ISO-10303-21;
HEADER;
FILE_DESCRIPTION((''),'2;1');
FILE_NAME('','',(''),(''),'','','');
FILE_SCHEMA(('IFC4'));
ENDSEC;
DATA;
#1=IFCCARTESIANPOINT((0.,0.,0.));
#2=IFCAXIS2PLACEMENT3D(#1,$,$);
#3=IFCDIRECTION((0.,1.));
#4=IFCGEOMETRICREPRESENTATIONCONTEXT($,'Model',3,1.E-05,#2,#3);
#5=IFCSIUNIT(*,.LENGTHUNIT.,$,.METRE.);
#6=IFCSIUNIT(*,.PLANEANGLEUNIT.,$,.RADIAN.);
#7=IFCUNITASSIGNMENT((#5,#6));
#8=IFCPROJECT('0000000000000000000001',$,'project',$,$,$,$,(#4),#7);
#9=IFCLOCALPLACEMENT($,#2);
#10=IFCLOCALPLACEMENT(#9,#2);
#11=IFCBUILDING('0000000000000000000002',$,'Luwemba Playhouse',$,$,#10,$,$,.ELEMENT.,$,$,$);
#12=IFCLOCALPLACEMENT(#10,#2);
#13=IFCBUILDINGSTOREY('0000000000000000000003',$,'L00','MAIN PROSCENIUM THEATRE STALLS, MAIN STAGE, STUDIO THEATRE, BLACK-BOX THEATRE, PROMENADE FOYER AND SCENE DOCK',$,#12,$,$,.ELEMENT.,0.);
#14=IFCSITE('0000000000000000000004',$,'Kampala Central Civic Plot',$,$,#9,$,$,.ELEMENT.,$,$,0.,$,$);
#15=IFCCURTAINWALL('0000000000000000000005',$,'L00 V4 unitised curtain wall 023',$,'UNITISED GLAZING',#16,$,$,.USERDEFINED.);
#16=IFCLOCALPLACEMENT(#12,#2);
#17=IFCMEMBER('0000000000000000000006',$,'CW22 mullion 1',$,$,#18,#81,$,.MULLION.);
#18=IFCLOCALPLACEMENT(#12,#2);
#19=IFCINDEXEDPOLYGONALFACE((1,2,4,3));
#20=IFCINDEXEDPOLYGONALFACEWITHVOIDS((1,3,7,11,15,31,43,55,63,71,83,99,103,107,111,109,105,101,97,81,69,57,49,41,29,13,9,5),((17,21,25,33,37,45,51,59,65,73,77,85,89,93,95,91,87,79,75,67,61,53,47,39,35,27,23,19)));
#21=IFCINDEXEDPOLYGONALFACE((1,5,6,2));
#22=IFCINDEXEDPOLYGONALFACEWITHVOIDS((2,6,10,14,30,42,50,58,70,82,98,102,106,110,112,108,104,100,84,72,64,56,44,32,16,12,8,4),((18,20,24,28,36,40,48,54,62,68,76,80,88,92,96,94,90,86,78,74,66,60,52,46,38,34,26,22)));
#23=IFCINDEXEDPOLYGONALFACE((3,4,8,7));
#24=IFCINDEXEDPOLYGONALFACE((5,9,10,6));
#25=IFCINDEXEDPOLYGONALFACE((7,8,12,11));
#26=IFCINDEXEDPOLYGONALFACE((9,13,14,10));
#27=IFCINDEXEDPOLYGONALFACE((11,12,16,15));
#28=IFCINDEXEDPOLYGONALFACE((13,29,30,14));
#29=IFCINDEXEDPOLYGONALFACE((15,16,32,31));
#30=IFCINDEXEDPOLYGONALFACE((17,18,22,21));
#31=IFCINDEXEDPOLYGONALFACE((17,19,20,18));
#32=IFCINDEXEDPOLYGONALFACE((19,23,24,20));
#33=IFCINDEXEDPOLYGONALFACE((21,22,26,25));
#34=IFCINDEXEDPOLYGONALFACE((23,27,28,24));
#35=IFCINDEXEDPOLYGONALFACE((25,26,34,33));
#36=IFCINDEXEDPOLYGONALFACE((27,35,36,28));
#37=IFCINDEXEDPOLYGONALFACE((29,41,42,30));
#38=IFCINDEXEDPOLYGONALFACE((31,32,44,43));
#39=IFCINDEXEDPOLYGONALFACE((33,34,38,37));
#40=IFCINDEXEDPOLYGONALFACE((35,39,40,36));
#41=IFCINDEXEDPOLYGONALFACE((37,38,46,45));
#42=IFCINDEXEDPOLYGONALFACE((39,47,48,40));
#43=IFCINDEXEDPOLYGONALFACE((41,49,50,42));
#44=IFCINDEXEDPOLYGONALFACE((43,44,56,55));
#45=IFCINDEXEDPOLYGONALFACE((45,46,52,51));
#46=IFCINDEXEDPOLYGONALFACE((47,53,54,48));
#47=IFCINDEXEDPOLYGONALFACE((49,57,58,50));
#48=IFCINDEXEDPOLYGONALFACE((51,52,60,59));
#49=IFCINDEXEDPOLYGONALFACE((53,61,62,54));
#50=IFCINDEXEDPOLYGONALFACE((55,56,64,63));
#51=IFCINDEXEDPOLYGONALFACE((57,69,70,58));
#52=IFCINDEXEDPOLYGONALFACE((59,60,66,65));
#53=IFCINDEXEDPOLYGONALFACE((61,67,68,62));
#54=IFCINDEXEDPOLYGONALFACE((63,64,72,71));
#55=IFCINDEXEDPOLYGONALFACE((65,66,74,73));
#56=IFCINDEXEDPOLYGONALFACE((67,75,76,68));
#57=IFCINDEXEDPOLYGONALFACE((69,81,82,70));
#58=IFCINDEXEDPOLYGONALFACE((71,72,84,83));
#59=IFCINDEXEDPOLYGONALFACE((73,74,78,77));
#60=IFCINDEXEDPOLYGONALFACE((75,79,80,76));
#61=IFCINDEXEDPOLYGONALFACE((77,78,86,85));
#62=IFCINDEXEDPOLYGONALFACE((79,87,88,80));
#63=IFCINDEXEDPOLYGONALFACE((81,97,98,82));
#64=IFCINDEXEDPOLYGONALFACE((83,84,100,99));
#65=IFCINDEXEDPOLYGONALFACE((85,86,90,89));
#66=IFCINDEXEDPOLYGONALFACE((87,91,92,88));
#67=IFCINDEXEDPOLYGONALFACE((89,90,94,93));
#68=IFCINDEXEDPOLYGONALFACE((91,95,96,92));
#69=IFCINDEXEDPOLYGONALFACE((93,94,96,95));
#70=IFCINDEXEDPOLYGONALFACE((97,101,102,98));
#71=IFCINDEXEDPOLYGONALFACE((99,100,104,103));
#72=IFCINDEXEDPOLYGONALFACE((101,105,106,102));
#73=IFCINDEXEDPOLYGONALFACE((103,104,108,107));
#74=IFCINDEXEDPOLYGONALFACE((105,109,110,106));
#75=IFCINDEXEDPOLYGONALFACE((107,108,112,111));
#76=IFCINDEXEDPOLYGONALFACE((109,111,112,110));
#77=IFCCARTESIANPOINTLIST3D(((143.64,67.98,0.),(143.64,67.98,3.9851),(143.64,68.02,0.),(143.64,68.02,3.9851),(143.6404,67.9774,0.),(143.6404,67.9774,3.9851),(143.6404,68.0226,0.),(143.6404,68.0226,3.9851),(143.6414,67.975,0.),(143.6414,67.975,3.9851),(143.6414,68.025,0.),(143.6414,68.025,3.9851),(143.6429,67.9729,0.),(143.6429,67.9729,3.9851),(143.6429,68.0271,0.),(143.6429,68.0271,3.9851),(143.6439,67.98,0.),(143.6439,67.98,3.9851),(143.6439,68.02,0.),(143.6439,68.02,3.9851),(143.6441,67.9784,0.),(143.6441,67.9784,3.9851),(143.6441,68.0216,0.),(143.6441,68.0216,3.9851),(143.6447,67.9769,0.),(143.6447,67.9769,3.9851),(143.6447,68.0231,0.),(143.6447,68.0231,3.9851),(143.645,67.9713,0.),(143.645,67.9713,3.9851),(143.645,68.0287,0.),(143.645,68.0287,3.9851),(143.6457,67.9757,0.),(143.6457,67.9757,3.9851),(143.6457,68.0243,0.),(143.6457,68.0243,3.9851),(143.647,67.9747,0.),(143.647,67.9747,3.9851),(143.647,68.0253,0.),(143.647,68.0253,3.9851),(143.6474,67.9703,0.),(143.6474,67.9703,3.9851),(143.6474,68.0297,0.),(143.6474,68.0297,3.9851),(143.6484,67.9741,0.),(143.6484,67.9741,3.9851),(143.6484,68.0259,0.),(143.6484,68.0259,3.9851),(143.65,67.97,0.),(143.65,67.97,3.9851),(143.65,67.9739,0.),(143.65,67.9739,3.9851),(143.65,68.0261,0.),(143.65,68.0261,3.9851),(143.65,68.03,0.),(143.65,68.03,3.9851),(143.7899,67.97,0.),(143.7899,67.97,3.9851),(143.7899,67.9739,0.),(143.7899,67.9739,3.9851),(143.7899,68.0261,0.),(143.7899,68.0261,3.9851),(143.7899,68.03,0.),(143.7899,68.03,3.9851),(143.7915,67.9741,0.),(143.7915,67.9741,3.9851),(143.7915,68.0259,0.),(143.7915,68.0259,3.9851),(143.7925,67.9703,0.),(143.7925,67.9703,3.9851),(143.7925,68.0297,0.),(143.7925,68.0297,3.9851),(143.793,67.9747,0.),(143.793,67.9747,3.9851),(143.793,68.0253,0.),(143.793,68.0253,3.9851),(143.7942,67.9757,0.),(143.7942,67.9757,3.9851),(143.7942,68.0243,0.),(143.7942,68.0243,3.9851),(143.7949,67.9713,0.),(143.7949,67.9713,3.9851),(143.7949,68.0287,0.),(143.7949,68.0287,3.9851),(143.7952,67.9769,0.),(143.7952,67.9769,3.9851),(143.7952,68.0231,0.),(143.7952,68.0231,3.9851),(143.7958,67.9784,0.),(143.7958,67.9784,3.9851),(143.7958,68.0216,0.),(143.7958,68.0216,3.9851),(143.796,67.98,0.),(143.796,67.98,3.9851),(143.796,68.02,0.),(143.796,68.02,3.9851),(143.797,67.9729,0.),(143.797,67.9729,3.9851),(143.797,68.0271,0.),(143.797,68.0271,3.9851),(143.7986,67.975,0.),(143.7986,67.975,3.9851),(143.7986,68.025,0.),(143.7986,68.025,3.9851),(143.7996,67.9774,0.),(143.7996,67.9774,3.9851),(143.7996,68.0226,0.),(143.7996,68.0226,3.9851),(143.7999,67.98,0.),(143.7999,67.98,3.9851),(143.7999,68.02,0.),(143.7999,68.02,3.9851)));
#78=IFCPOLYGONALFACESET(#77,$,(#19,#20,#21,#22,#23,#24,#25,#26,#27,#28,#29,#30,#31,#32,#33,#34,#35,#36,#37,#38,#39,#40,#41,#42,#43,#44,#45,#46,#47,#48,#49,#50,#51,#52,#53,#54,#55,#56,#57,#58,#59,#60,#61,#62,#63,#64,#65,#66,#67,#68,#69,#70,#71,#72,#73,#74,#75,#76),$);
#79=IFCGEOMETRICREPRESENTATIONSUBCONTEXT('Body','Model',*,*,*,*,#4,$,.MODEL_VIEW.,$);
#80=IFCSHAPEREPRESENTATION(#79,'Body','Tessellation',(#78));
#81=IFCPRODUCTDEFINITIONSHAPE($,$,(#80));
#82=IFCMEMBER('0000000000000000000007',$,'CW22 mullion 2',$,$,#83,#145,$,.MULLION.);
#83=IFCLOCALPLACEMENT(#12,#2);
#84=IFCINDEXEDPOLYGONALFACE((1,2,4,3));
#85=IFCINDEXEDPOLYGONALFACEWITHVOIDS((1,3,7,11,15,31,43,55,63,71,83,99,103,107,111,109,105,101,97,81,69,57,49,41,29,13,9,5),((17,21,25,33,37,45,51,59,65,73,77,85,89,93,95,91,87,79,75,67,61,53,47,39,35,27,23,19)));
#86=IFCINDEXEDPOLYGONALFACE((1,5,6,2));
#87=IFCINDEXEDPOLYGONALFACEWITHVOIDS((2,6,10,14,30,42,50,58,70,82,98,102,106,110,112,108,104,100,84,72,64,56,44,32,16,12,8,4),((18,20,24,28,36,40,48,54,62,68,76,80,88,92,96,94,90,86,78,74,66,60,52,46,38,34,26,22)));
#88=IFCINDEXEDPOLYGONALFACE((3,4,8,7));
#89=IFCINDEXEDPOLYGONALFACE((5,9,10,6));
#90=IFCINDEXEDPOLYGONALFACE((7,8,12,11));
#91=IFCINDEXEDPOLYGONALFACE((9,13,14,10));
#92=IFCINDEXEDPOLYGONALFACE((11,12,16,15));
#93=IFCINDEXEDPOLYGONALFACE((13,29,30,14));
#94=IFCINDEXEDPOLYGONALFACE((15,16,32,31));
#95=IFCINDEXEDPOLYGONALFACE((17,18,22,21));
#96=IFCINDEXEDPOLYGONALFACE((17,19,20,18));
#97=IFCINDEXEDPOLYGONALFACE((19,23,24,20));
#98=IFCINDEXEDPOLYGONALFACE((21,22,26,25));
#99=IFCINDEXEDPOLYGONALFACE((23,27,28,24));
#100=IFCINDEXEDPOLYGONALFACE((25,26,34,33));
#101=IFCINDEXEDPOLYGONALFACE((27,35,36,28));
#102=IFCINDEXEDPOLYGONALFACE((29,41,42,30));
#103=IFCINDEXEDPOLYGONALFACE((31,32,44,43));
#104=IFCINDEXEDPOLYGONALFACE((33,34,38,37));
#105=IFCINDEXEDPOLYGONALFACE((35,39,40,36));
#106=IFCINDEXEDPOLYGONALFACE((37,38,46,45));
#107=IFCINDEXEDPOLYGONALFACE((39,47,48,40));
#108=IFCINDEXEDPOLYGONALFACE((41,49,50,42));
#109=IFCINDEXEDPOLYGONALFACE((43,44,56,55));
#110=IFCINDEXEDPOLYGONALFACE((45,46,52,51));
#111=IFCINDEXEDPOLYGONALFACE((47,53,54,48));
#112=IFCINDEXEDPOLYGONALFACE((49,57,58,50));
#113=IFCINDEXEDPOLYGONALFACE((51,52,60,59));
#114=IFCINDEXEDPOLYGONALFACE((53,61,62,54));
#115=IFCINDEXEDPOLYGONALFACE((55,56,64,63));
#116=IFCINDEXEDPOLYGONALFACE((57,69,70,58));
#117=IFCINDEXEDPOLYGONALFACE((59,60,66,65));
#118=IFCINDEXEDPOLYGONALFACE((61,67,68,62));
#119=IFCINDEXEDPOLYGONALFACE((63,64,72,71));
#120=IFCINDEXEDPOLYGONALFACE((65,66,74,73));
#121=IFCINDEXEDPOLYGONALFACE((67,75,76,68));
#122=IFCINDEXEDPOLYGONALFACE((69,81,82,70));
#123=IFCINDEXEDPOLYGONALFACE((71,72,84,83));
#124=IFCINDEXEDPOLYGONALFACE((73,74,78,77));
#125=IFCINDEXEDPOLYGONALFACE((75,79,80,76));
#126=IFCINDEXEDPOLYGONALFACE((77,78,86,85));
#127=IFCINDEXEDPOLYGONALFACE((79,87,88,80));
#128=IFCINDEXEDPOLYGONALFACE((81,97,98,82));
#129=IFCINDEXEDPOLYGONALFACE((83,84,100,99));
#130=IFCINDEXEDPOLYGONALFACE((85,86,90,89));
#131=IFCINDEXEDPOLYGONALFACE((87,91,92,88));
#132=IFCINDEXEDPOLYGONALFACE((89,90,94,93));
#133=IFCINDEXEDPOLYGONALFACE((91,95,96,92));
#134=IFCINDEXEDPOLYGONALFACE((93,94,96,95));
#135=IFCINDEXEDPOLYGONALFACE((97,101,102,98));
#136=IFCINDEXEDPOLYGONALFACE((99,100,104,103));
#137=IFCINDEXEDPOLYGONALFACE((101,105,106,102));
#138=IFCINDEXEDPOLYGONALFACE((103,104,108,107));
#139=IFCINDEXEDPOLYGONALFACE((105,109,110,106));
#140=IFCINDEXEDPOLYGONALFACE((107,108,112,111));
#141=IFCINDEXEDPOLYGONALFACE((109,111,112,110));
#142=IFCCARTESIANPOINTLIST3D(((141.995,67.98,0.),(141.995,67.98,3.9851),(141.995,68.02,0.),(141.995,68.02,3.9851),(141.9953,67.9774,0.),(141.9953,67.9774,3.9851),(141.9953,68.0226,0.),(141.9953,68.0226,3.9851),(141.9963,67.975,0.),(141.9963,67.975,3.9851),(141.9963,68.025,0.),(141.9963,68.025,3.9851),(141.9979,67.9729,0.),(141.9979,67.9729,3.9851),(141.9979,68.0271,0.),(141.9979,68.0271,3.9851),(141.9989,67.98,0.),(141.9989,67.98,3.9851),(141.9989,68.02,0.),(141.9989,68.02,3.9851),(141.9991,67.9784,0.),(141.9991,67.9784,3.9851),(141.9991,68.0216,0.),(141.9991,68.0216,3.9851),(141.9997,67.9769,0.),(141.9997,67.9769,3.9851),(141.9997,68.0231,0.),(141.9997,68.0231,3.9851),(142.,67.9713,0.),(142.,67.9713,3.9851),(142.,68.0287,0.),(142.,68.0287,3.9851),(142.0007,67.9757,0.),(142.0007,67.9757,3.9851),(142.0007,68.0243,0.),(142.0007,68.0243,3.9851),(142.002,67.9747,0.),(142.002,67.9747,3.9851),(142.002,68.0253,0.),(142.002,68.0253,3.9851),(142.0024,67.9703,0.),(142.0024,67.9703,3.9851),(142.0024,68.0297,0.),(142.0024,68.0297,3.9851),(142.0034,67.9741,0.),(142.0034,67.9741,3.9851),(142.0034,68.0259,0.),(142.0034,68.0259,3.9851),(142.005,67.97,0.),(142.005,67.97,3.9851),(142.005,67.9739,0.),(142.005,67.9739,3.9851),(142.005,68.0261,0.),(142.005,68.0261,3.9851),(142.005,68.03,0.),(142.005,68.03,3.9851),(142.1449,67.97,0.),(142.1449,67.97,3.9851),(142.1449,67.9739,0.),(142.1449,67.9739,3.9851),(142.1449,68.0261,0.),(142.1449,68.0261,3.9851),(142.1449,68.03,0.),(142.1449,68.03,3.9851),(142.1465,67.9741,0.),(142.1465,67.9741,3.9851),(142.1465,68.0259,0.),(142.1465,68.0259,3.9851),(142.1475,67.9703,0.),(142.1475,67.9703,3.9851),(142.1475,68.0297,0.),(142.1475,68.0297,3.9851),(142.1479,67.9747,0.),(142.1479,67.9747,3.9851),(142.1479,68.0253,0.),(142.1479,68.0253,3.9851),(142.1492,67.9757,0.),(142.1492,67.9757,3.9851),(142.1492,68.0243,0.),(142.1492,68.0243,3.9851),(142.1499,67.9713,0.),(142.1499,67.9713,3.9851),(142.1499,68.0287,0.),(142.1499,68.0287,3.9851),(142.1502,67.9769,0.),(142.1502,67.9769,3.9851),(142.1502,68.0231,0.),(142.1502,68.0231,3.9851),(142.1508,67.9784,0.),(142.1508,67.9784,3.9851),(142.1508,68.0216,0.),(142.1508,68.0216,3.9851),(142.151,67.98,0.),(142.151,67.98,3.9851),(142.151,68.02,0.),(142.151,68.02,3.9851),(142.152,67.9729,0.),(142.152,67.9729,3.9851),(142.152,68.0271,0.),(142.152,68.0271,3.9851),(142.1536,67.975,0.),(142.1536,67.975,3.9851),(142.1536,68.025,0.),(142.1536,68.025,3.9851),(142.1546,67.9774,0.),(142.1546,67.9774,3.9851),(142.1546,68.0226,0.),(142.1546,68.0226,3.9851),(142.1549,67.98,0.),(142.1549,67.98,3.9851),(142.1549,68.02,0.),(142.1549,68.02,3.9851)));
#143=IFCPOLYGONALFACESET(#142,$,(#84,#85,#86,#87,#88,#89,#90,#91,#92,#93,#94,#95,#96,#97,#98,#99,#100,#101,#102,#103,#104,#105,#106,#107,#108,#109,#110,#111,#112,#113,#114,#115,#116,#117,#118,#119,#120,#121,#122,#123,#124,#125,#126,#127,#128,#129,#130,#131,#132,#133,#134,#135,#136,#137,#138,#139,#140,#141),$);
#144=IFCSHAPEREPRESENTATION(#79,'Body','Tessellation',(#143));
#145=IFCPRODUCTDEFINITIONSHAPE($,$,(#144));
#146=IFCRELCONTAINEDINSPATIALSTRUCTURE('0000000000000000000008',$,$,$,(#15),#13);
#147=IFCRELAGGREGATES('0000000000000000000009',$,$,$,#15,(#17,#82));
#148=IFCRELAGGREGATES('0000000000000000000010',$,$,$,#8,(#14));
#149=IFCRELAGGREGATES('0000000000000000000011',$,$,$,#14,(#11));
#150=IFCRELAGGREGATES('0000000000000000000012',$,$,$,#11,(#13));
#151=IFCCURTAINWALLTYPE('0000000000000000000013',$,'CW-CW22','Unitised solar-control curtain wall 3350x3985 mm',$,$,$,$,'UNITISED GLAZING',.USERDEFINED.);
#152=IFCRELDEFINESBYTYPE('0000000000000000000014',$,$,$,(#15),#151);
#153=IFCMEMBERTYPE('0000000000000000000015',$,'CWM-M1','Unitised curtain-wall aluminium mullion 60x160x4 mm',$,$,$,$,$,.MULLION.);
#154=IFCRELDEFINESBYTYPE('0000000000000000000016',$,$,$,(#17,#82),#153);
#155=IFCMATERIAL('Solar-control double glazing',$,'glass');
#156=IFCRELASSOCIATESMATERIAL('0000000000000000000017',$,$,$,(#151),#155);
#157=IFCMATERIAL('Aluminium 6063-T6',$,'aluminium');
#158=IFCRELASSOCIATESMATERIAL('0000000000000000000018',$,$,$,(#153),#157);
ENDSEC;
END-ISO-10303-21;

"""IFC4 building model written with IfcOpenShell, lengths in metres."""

from ifc_helpers import new_model, si_unit, direction, frame, origin, origin_2d, place, context, subcontext, project, spatial, hollow_rectangle, extrude, material, material_profile, profile_set, type_object, element, aggregate, save


model = new_model("IFC4")

# Units and contexts
model_context = context("Model", 3, precision=1e-05, world=origin(), true_north=direction((0.0, 1.0)))
body_context = subcontext(model_context, "Body", "Model", "MODEL_VIEW")
ifc_project = project(units=[si_unit("LENGTHUNIT", "METRE"), si_unit("PLANEANGLEUNIT", "RADIAN")], contexts=[model_context])

# Site, building, storey
site_placement = place(None, origin())
site = spatial("IfcSite", under=ifc_project, at=site_placement, Name="Kampala Central Civic Plot", CompositionType="ELEMENT", RefElevation=0.0)
building_placement = place(site_placement, origin())
building = spatial("IfcBuilding", under=site, at=building_placement, Name="Luwemba Playhouse", CompositionType="ELEMENT")
storey_placement = place(building_placement, origin())
storey = spatial("IfcBuildingStorey", under=building, at=storey_placement, Name="L00", Description="MAIN PROSCENIUM THEATRE STALLS, MAIN STAGE, STUDIO THEATRE, BLACK-BOX THEATRE, PROMENADE FOYER AND SCENE DOCK", CompositionType="ELEMENT", Elevation=0.0)

# Curtain wall, members
ifc_material_1 = material(Name="Solar-control double glazing", Category="glass")
curtain_wall_type = type_object("IfcCurtainWallType", Name="CW-CW22", Description="Unitised solar-control curtain wall 3350x3985 mm", ElementType="UNITISED GLAZING", PredefinedType="USERDEFINED", material=ifc_material_1)
curtain_wall_placement = place(storey_placement, origin())
curtain_wall = element("IfcCurtainWall", 1, at=curtain_wall_placement, inside=storey, type_object=curtain_wall_type, Name="L00 V4 unitised curtain wall 023", ObjectType="UNITISED GLAZING", PredefinedType="USERDEFINED")
ifc_material_2 = material(Name="Aluminium 6063-T6", Category="aluminium")
ifc_material_profile_1 = material_profile(ifc_material_2, hollow_rectangle(XDim=0.0601, YDim=0.1599, WallThickness=0.0039, InnerFilletRadius=0.0061, OuterFilletRadius=0.01, at=origin_2d()))
ifc_profile_set_1 = profile_set([ifc_material_profile_1], Name="Aluminium 6063-T6")
member_type_1 = type_object("IfcMemberType", Name="CWM-M1", Description="Unitised curtain-wall aluminium mullion 60x160x4 mm", PredefinedType="MULLION", material=ifc_profile_set_1)
member_1_placement = place(storey_placement, frame((143.72, 68.0, 0.0), z_axis=(0.0, 0.0, 1.0), x_axis=(0.0, -1.0, 0.0)))
member_1 = element("IfcMember", 2, at=member_1_placement, type_object=member_type_1, Name="CW22 mullion 1", PredefinedType="MULLION", context=body_context, shape_type="SweptSolid", body=[
    extrude(hollow_rectangle(XDim=0.0601, YDim=0.1599, WallThickness=0.0039, InnerFilletRadius=0.0061, OuterFilletRadius=0.01, at=origin_2d()), origin(), (0.0, 0.0, 1.0), 3.9851),
])
member_2_placement = place(storey_placement, frame((142.075, 68.0, 0.0), z_axis=(0.0, 0.0, 1.0), x_axis=(0.0, -1.0, 0.0)))
member_2 = element("IfcMember", 3, at=member_2_placement, type_object=member_type_1, Name="CW22 mullion 2", PredefinedType="MULLION", context=body_context, shape_type="SweptSolid", body=[
    extrude(hollow_rectangle(XDim=0.0601, YDim=0.1599, WallThickness=0.0039, InnerFilletRadius=0.0061, OuterFilletRadius=0.01, at=origin_2d()), origin(), (0.0, 0.0, 1.0), 3.9851),
])
aggregate(curtain_wall, [member_1, member_2])

save(model, "model.ifc")
